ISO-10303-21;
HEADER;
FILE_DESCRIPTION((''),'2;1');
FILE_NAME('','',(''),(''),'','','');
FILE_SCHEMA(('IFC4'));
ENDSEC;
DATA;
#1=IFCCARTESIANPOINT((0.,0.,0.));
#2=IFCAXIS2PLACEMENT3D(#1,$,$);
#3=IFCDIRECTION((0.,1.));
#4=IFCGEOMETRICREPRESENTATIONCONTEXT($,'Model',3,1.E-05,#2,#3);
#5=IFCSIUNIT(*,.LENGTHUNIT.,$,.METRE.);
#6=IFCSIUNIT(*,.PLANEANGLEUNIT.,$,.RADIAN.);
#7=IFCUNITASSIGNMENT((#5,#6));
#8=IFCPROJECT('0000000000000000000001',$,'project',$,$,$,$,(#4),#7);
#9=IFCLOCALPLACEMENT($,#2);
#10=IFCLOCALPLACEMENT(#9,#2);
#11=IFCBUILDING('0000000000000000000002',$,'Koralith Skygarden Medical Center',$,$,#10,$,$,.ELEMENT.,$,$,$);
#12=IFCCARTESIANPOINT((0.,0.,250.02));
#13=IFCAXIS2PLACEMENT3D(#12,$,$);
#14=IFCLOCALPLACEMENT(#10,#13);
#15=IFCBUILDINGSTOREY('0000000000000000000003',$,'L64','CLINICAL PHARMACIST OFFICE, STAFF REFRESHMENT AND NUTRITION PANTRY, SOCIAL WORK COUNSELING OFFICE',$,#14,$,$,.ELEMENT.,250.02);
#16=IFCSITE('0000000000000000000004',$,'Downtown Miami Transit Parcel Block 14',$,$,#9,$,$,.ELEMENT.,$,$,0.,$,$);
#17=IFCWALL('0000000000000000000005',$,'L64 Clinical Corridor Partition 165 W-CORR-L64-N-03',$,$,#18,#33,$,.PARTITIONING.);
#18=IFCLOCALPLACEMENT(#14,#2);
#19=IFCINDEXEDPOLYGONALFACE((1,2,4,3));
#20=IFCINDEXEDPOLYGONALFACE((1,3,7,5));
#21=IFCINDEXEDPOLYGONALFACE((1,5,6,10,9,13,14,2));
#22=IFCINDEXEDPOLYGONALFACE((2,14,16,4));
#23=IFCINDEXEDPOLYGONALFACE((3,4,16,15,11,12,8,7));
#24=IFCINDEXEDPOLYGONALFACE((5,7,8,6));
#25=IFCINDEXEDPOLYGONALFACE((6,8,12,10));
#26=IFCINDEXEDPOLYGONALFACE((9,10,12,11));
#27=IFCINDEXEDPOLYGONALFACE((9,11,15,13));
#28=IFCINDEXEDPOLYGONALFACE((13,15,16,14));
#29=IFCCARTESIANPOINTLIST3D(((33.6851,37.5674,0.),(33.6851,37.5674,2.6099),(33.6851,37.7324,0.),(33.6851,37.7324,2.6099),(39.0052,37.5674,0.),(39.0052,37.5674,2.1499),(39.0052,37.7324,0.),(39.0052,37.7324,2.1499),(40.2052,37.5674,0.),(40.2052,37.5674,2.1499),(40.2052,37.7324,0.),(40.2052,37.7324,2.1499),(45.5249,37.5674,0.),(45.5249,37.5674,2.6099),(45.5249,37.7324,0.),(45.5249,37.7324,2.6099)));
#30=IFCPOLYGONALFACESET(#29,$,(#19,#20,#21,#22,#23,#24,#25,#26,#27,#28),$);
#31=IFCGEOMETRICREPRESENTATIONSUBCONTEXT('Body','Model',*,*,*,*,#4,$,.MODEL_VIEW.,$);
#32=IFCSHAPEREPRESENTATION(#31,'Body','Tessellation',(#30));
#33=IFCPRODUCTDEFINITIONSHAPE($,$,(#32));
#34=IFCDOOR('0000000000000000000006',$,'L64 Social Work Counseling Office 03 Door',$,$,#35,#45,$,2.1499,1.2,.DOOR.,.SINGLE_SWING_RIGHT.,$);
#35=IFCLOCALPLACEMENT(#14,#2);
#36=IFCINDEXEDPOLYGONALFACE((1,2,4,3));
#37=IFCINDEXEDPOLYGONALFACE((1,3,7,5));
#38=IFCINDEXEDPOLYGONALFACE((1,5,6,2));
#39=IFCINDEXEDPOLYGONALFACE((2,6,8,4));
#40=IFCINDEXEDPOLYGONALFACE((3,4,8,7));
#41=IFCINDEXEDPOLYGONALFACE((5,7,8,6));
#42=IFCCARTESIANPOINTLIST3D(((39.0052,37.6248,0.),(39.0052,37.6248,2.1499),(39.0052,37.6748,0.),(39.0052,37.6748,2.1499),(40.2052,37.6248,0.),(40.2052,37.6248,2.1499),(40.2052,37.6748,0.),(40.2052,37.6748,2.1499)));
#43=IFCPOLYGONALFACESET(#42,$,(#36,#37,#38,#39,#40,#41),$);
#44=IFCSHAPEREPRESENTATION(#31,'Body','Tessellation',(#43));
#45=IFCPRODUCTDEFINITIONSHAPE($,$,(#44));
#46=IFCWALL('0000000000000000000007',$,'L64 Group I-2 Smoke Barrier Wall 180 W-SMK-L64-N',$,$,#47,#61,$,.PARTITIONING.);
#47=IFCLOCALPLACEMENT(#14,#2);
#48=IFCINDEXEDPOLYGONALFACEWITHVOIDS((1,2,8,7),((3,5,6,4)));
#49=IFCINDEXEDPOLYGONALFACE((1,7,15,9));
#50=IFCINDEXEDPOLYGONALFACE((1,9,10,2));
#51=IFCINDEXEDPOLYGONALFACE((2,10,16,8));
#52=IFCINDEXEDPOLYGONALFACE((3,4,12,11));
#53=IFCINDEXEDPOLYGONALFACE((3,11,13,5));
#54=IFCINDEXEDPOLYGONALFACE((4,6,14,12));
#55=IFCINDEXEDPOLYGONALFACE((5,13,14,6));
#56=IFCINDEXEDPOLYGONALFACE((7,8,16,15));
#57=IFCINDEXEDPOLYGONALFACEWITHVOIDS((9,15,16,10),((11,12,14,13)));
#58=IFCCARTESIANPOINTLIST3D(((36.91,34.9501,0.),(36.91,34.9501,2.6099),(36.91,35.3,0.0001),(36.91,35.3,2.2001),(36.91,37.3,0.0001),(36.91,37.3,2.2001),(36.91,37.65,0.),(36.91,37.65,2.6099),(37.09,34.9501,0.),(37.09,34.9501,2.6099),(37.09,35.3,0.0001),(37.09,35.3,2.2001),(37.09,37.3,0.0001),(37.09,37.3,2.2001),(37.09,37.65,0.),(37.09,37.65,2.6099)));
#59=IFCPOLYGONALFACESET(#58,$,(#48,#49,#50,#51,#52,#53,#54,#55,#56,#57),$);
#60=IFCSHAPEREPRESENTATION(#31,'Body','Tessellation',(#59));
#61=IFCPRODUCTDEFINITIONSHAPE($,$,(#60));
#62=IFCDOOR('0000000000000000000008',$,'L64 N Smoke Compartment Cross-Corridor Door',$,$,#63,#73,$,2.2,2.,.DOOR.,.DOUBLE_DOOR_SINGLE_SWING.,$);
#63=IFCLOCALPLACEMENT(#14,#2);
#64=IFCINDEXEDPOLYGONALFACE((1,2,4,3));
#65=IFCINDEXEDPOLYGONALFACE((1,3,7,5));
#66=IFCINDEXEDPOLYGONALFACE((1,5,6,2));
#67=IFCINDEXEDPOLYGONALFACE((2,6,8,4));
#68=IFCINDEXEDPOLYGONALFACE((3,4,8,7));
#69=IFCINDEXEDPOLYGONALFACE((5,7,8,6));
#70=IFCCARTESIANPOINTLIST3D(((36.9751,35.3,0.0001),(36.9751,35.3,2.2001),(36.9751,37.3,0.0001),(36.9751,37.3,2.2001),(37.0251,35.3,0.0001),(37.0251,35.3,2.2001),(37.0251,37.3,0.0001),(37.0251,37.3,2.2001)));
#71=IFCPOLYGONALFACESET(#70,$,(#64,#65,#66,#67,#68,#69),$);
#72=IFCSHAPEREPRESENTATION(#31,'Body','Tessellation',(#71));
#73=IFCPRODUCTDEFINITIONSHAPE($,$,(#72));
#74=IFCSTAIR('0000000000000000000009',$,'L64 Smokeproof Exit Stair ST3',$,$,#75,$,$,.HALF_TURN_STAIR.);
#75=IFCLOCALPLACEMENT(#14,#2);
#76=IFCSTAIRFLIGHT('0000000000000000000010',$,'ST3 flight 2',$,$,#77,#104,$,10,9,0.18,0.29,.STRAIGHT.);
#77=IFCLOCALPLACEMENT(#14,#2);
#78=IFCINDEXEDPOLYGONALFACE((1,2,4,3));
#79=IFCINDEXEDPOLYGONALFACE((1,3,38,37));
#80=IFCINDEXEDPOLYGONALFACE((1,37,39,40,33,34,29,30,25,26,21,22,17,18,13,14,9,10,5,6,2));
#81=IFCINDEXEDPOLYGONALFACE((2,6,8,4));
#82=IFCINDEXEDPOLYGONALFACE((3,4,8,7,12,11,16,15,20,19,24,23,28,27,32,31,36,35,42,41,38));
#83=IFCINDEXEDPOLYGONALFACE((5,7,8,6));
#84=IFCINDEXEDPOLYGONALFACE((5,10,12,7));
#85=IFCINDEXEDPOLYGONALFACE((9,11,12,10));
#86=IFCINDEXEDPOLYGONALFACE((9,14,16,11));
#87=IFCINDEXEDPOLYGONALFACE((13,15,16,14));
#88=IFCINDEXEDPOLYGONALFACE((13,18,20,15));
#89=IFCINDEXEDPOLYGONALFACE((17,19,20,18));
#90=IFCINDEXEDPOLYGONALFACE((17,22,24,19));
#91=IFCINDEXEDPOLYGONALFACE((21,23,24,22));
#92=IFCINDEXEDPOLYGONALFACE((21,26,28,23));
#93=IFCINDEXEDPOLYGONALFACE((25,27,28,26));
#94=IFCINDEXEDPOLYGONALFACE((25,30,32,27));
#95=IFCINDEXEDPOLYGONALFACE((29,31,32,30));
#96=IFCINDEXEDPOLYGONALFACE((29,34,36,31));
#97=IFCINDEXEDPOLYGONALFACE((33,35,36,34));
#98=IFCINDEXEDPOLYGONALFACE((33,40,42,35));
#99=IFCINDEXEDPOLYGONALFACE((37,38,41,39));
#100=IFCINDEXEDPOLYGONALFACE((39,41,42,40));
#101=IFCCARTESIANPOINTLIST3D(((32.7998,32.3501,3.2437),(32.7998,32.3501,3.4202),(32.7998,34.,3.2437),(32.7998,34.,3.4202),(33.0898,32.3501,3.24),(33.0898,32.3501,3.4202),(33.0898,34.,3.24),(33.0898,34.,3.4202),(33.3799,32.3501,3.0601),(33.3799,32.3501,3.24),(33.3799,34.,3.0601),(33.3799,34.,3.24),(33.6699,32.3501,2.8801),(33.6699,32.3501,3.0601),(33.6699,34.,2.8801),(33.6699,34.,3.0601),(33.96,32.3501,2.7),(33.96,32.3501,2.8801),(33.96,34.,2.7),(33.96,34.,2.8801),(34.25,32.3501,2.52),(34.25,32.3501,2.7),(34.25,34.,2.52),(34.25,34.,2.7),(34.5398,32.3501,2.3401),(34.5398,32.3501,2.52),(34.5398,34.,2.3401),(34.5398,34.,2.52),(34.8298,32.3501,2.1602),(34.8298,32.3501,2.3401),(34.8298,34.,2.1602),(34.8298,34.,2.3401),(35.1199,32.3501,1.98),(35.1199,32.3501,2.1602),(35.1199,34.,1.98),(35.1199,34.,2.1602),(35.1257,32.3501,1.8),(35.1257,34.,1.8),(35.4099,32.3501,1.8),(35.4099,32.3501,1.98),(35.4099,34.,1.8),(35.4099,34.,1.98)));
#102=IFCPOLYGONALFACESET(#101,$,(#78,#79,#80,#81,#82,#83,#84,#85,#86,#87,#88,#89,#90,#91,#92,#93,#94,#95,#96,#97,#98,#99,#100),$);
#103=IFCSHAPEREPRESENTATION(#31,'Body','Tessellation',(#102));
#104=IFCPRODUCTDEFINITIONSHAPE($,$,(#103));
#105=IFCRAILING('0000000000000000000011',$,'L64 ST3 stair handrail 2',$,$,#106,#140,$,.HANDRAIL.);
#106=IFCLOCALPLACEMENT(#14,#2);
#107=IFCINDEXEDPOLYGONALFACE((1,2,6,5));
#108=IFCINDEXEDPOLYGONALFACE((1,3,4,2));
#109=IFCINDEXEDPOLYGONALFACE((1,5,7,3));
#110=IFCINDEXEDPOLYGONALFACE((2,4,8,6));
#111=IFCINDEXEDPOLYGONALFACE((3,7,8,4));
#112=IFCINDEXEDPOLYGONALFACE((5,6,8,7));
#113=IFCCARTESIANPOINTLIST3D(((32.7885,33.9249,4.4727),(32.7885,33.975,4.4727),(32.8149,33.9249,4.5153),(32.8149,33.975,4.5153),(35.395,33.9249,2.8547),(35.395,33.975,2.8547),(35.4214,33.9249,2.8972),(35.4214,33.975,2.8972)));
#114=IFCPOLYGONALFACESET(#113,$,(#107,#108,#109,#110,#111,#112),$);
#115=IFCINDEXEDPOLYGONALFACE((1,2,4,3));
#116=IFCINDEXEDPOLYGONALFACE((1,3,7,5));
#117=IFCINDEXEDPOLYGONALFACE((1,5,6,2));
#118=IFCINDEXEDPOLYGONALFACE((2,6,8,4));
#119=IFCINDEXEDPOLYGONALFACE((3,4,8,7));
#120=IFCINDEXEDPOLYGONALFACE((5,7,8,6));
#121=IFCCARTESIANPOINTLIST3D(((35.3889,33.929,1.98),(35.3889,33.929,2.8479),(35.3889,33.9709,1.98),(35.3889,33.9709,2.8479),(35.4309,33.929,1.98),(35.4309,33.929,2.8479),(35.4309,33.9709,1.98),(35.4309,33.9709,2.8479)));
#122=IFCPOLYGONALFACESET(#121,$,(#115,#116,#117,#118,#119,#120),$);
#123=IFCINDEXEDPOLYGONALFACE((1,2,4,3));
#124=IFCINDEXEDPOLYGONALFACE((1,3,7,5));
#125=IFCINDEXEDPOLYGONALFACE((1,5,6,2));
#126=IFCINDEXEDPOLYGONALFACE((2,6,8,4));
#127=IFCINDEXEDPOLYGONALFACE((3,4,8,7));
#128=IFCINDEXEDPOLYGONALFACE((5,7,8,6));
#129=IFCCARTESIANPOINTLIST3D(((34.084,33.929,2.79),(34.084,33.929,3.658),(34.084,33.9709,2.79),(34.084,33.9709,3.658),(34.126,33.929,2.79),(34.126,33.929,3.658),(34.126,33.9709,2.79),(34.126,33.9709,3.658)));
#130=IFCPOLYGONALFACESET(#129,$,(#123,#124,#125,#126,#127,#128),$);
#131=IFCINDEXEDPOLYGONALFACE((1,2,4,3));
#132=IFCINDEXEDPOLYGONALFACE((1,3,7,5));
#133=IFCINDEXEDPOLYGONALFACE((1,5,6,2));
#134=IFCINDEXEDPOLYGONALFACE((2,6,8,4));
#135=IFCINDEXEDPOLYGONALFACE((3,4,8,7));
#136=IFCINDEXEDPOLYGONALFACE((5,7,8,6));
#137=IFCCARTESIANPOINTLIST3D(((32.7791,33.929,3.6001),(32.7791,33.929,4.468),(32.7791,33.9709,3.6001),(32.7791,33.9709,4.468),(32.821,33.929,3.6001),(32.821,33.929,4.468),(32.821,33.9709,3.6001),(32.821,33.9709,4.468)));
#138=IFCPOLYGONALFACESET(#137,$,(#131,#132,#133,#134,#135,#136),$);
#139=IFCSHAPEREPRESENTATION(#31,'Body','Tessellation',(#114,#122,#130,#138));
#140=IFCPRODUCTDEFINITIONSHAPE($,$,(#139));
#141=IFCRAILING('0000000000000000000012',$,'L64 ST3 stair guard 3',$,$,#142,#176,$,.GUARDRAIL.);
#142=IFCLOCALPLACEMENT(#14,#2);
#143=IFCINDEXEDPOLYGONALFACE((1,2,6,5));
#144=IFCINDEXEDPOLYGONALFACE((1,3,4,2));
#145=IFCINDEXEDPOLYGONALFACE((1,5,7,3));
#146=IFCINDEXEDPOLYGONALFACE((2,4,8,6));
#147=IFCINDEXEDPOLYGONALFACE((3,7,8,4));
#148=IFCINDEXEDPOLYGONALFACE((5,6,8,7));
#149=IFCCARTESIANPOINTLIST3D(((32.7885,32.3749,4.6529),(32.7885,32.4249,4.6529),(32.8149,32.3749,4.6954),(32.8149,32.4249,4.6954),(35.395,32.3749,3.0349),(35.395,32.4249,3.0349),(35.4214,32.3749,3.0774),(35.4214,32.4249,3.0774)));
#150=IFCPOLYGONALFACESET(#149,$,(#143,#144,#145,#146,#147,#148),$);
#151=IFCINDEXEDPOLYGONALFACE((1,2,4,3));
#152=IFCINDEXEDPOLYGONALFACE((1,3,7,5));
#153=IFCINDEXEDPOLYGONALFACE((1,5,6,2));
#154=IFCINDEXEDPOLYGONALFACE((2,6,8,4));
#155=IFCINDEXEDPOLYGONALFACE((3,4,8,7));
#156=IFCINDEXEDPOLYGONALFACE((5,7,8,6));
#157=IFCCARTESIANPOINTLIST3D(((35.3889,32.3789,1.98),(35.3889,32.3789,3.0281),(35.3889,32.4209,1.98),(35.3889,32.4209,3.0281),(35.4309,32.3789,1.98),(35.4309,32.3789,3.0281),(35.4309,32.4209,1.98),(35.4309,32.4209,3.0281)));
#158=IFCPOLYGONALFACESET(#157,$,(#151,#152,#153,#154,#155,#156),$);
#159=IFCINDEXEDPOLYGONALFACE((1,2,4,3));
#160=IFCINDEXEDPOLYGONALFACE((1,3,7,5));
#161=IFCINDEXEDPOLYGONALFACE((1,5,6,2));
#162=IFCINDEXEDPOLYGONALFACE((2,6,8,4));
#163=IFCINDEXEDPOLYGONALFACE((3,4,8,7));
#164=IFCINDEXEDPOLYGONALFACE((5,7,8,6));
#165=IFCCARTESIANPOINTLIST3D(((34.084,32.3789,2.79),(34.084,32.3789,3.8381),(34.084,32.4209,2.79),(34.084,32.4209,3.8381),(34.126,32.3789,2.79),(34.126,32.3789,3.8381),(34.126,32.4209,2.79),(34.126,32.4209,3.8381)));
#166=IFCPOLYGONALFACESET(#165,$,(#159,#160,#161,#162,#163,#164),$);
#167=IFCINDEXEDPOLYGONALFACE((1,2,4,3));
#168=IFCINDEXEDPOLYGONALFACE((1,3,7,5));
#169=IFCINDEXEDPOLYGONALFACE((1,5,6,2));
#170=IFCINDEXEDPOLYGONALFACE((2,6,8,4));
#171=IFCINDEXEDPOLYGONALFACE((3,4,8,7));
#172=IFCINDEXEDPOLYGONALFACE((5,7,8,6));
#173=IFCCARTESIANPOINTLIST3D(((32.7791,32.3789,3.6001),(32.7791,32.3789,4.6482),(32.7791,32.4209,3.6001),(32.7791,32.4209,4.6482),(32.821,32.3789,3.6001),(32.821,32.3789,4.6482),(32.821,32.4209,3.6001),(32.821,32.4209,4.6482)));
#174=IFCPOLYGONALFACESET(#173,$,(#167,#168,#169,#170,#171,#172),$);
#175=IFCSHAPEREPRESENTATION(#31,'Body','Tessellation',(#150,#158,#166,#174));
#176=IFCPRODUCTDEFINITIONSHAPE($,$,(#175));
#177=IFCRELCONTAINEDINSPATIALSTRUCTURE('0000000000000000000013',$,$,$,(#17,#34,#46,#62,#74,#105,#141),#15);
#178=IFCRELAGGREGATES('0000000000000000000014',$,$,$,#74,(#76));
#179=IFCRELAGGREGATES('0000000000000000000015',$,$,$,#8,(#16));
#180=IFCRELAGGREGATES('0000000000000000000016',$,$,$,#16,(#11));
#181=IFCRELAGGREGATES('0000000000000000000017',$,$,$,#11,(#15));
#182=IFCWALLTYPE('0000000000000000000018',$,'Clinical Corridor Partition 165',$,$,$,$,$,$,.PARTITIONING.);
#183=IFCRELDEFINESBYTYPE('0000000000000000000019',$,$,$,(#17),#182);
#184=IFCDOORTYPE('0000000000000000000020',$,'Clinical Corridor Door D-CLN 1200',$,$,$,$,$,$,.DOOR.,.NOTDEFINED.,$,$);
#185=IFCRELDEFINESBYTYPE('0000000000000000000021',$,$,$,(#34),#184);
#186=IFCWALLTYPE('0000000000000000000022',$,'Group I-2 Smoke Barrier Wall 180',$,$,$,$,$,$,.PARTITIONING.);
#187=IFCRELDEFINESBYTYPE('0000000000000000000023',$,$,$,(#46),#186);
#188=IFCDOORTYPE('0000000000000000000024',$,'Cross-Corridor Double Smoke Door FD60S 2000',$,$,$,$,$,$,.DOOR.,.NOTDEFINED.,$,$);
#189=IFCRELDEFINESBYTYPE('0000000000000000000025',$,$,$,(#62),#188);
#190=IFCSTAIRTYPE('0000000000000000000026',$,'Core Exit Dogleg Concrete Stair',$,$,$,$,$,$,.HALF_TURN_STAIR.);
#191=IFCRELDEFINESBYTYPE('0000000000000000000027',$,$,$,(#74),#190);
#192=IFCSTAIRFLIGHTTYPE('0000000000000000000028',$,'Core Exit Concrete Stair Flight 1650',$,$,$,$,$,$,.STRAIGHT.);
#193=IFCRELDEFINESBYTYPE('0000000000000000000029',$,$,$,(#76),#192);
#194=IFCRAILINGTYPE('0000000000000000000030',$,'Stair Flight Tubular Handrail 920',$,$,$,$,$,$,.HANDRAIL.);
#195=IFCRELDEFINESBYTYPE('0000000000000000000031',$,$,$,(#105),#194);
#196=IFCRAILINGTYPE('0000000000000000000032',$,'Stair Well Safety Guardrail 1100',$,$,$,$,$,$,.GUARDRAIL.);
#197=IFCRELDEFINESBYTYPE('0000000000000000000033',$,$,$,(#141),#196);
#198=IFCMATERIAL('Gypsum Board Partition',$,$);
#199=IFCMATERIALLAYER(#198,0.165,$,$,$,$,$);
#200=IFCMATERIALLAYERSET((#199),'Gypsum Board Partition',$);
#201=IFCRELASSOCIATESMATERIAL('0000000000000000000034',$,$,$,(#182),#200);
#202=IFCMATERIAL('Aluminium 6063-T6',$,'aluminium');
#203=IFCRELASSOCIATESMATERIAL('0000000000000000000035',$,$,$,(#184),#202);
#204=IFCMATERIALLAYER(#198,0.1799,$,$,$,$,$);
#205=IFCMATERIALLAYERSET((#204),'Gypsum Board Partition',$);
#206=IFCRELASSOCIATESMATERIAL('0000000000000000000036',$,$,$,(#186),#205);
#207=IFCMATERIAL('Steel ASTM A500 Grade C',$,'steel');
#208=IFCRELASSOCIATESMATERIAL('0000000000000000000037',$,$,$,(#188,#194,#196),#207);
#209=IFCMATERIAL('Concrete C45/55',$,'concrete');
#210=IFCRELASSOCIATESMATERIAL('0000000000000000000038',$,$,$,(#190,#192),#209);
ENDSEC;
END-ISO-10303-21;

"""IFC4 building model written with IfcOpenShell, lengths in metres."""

from ifc_helpers import new_model, si_unit, direction, frame, frame_2d, origin, origin_2d, place, context, subcontext, project, spatial, polyline, rectangle, outline, extrude, material, layer, layer_set, type_object, element, fill, aggregate, save


model = new_model("IFC4")

# Units and contexts
model_context = context("Model", 3, precision=1e-05, world=origin(), true_north=direction((0.0, 1.0)))
body_context = subcontext(model_context, "Body", "Model", "MODEL_VIEW")
ifc_project = project(units=[si_unit("LENGTHUNIT", "METRE"), si_unit("PLANEANGLEUNIT", "RADIAN")], contexts=[model_context])

# Site, building, storey
site_placement = place(None, origin())
site = spatial("IfcSite", under=ifc_project, at=site_placement, Name="Downtown Miami Transit Parcel Block 14", CompositionType="ELEMENT", RefElevation=0.0)
building_placement = place(site_placement, origin())
building = spatial("IfcBuilding", under=site, at=building_placement, Name="Koralith Skygarden Medical Center", CompositionType="ELEMENT")
storey_placement = place(building_placement, frame((0.0, 0.0, 250.02)))
storey = spatial("IfcBuildingStorey", under=building, at=storey_placement, Name="L64", Description="CLINICAL PHARMACIST OFFICE, STAFF REFRESHMENT AND NUTRITION PANTRY, SOCIAL WORK COUNSELING OFFICE", CompositionType="ELEMENT", Elevation=250.02)

# Shared definitions
ifc_material_1 = material(Name="Aluminium 6063-T6", Category="aluminium")

# Shared definitions
ifc_material_2 = material(Name="Concrete C45/55", Category="concrete")

# Shared definitions
ifc_material_3 = material(Name="Gypsum Board Partition")

# Walls, openings, doors
ifc_layer_1 = layer(ifc_material_3, 0.165)
ifc_layer_set_1 = layer_set([ifc_layer_1], Name="Gypsum Board Partition")
wall_type_1 = type_object("IfcWallType", Name="Clinical Corridor Partition 165", PredefinedType="PARTITIONING", material=ifc_layer_set_1)
wall_1_placement = place(storey_placement, frame((33.6851, 37.6499, 0.0), z_axis=(0.0, 0.0, 1.0), x_axis=(1.0, 0.0, 0.0)))
wall_1 = element("IfcWall", 1, at=wall_1_placement, inside=storey, type_object=wall_type_1, Name="L64 Clinical Corridor Partition 165 W-CORR-L64-N-03", PredefinedType="PARTITIONING", context=body_context, shape_type="SweptSolid", body=[
    extrude(rectangle(XDim=11.8398, YDim=0.165, at=frame_2d((5.9199, 0.0))), origin(), (0.0, 0.0, 1.0), 2.6099),
])
opening_1_placement = place(wall_1_placement, frame((5.3201, 0.0, 0.0)))
opening_1 = element("IfcOpeningElement", 2, at=opening_1_placement, cuts=wall_1, PredefinedType="OPENING", context=body_context, shape_type="SweptSolid", body=[
    extrude(rectangle(XDim=1.2, YDim=2.1499, at=frame_2d((0.6001, 1.075))), frame((0.0, 0.0925, 0.0), z_axis=(0.0, -1.0, 0.0), x_axis=(1.0, 0.0, 0.0)), (0.0, 0.0, 1.0), 0.1851),
])
door_type_1 = type_object("IfcDoorType", Name="Clinical Corridor Door D-CLN 1200", OperationType="NOTDEFINED", PredefinedType="DOOR", material=ifc_material_1)
door_1_placement = place(opening_1_placement, origin())
door_1 = element("IfcDoor", 3, at=door_1_placement, inside=storey, type_object=door_type_1, Name="L64 Social Work Counseling Office 03 Door", OperationType="SINGLE_SWING_RIGHT", OverallHeight=2.1499, OverallWidth=1.2, PredefinedType="DOOR", context=body_context, shape_type="SweptSolid", body=[
    extrude(rectangle(XDim=1.2, YDim=2.1499, at=frame_2d((0.6001, 1.075))), frame((0.0, 0.0249, 0.0), z_axis=(0.0, -1.0, 0.0), x_axis=(1.0, 0.0, 0.0)), (0.0, 0.0, 1.0), 0.05),
])
fill(opening_1, door_1)
ifc_layer_2 = layer(ifc_material_3, 0.1799)
ifc_layer_set_2 = layer_set([ifc_layer_2], Name="Gypsum Board Partition")
wall_type_2 = type_object("IfcWallType", Name="Group I-2 Smoke Barrier Wall 180", PredefinedType="PARTITIONING", material=ifc_layer_set_2)
wall_2_placement = place(storey_placement, frame((37.0, 34.95, 0.0), z_axis=(0.0, 0.0, 1.0), x_axis=(0.0, 1.0, 0.0)))
wall_2 = element("IfcWall", 4, at=wall_2_placement, inside=storey, type_object=wall_type_2, Name="L64 Group I-2 Smoke Barrier Wall 180 W-SMK-L64-N", PredefinedType="PARTITIONING", context=body_context, shape_type="SweptSolid", body=[
    extrude(rectangle(XDim=2.7, YDim=0.1799, at=frame_2d((1.3501, 0.0))), origin(), (0.0, 0.0, 1.0), 2.6099),
])
opening_2_placement = place(wall_2_placement, frame((0.3501, 0.0, 0.0)))
opening_2 = element("IfcOpeningElement", 5, at=opening_2_placement, cuts=wall_2, PredefinedType="OPENING", context=body_context, shape_type="SweptSolid", body=[
    extrude(rectangle(XDim=2.0, YDim=2.2, at=frame_2d((1.0, 1.1001))), frame((0.0, 0.0999, 0.0), z_axis=(0.0, -1.0, 0.0), x_axis=(1.0, 0.0, 0.0)), (0.0, 0.0, 1.0), 0.2),
])
ifc_material_4 = material(Name="Steel ASTM A500 Grade C", Category="steel")
door_type_2 = type_object("IfcDoorType", Name="Cross-Corridor Double Smoke Door FD60S 2000", OperationType="NOTDEFINED", PredefinedType="DOOR", material=ifc_material_4)
door_2_placement = place(opening_2_placement, origin())
door_2 = element("IfcDoor", 6, at=door_2_placement, inside=storey, type_object=door_type_2, Name="L64 N Smoke Compartment Cross-Corridor Door", OperationType="DOUBLE_DOOR_SINGLE_SWING", OverallHeight=2.2, OverallWidth=2.0, PredefinedType="DOOR", context=body_context, shape_type="SweptSolid", body=[
    extrude(rectangle(XDim=2.0, YDim=2.2, at=frame_2d((1.0, 1.1001))), frame((0.0, 0.0249, 0.0), z_axis=(0.0, -1.0, 0.0), x_axis=(1.0, 0.0, 0.0)), (0.0, 0.0, 1.0), 0.05),
])
fill(opening_2, door_2)

# Stair, stair flight
stair_type = type_object("IfcStairType", Name="Core Exit Dogleg Concrete Stair", PredefinedType="HALF_TURN_STAIR", material=ifc_material_2)
stair_placement = place(storey_placement, origin())
stair = element("IfcStair", 7, at=stair_placement, inside=storey, type_object=stair_type, Name="L64 Smokeproof Exit Stair ST3", PredefinedType="HALF_TURN_STAIR")
stair_flight_type = type_object("IfcStairFlightType", Name="Core Exit Concrete Stair Flight 1650", PredefinedType="STRAIGHT", material=ifc_material_2)
stair_flight_placement = place(storey_placement, frame((35.4099, 33.175, 1.8), z_axis=(0.0, 0.0, 1.0), x_axis=(-1.0, 0.0, 0.0)))
stair_flight = element("IfcStairFlight", 8, at=stair_flight_placement, type_object=stair_flight_type, Name="ST3 flight 2", NumberOfRisers=10, NumberOfTreads=9, PredefinedType="STRAIGHT", RiserHeight=0.18, TreadLength=0.29, context=body_context, shape_type="SweptSolid", body=[
    extrude(outline(polyline([(0.0, 0.0), (0.0, 0.1799), (0.29, 0.1799), (0.29, 0.3601), (0.5801, 0.3601), (0.5801, 0.54), (0.8701, 0.54), (0.8701, 0.72), (1.1599, 0.72), (1.1599, 0.8999), (1.45, 0.8999), (1.45, 1.0801), (1.74, 1.0801), (1.74, 1.26), (2.03, 1.26), (2.03, 1.4399), (2.3201, 1.4399), (2.3201, 1.6201), (2.6101, 1.6201), (2.6101, 1.8), (2.6101, 1.4436), (0.2842, 0.0), (0.0, 0.0)])), frame((0.0, 0.825, 0.0), z_axis=(0.0, -1.0, 0.0), x_axis=(1.0, 0.0, 0.0)), (0.0, 0.0, 1.0), 1.6499),
])
aggregate(stair, [stair_flight])

# Railings
railing_type_1 = type_object("IfcRailingType", Name="Stair Flight Tubular Handrail 920", PredefinedType="HANDRAIL", material=ifc_material_4)
railing_1_placement = place(storey_placement, frame((35.4099, 33.95, 1.98)))
element("IfcRailing", 9, at=railing_1_placement, inside=storey, type_object=railing_type_1, Name="L64 ST3 stair handrail 2", PredefinedType="HANDRAIL", context=body_context, shape_type="SweptSolid", body=[
    extrude(rectangle(XDim=0.05, YDim=0.05, at=origin_2d()), frame((-0.0017, 0.0, 0.896), z_axis=(-0.849611, 0.0, 0.52741), x_axis=(0.0, -1.0, 0.0)), (0.0, 0.0, 1.0), 3.0679),
    extrude(rectangle(XDim=0.042, YDim=0.042, at=origin_2d()), origin(), (0.0, 0.0, 1.0), 0.8679),
    extrude(rectangle(XDim=0.042, YDim=0.042, at=origin_2d()), frame((-1.3049, 0.0, 0.8101)), (0.0, 0.0, 1.0), 0.8679),
    extrude(rectangle(XDim=0.042, YDim=0.042, at=origin_2d()), frame((-2.6099, 0.0, 1.6201)), (0.0, 0.0, 1.0), 0.8679),
])
railing_type_2 = type_object("IfcRailingType", Name="Stair Well Safety Guardrail 1100", PredefinedType="GUARDRAIL", material=ifc_material_4)
railing_2_placement = place(storey_placement, frame((35.4099, 32.3999, 1.98)))
element("IfcRailing", 10, at=railing_2_placement, inside=storey, type_object=railing_type_2, Name="L64 ST3 stair guard 3", PredefinedType="GUARDRAIL", context=body_context, shape_type="SweptSolid", body=[
    extrude(rectangle(XDim=0.05, YDim=0.05, at=origin_2d()), frame((-0.0017, 0.0, 1.0762), z_axis=(-0.849611, 0.0, 0.52741), x_axis=(0.0, -1.0, 0.0)), (0.0, 0.0, 1.0), 3.0679),
    extrude(rectangle(XDim=0.042, YDim=0.042, at=origin_2d()), origin(), (0.0, 0.0, 1.0), 1.0481),
    extrude(rectangle(XDim=0.042, YDim=0.042, at=origin_2d()), frame((-1.3049, 0.0, 0.8101)), (0.0, 0.0, 1.0), 1.0481),
    extrude(rectangle(XDim=0.042, YDim=0.042, at=origin_2d()), frame((-2.6099, 0.0, 1.6201)), (0.0, 0.0, 1.0), 1.0481),
])

save(model, "model.ifc")
